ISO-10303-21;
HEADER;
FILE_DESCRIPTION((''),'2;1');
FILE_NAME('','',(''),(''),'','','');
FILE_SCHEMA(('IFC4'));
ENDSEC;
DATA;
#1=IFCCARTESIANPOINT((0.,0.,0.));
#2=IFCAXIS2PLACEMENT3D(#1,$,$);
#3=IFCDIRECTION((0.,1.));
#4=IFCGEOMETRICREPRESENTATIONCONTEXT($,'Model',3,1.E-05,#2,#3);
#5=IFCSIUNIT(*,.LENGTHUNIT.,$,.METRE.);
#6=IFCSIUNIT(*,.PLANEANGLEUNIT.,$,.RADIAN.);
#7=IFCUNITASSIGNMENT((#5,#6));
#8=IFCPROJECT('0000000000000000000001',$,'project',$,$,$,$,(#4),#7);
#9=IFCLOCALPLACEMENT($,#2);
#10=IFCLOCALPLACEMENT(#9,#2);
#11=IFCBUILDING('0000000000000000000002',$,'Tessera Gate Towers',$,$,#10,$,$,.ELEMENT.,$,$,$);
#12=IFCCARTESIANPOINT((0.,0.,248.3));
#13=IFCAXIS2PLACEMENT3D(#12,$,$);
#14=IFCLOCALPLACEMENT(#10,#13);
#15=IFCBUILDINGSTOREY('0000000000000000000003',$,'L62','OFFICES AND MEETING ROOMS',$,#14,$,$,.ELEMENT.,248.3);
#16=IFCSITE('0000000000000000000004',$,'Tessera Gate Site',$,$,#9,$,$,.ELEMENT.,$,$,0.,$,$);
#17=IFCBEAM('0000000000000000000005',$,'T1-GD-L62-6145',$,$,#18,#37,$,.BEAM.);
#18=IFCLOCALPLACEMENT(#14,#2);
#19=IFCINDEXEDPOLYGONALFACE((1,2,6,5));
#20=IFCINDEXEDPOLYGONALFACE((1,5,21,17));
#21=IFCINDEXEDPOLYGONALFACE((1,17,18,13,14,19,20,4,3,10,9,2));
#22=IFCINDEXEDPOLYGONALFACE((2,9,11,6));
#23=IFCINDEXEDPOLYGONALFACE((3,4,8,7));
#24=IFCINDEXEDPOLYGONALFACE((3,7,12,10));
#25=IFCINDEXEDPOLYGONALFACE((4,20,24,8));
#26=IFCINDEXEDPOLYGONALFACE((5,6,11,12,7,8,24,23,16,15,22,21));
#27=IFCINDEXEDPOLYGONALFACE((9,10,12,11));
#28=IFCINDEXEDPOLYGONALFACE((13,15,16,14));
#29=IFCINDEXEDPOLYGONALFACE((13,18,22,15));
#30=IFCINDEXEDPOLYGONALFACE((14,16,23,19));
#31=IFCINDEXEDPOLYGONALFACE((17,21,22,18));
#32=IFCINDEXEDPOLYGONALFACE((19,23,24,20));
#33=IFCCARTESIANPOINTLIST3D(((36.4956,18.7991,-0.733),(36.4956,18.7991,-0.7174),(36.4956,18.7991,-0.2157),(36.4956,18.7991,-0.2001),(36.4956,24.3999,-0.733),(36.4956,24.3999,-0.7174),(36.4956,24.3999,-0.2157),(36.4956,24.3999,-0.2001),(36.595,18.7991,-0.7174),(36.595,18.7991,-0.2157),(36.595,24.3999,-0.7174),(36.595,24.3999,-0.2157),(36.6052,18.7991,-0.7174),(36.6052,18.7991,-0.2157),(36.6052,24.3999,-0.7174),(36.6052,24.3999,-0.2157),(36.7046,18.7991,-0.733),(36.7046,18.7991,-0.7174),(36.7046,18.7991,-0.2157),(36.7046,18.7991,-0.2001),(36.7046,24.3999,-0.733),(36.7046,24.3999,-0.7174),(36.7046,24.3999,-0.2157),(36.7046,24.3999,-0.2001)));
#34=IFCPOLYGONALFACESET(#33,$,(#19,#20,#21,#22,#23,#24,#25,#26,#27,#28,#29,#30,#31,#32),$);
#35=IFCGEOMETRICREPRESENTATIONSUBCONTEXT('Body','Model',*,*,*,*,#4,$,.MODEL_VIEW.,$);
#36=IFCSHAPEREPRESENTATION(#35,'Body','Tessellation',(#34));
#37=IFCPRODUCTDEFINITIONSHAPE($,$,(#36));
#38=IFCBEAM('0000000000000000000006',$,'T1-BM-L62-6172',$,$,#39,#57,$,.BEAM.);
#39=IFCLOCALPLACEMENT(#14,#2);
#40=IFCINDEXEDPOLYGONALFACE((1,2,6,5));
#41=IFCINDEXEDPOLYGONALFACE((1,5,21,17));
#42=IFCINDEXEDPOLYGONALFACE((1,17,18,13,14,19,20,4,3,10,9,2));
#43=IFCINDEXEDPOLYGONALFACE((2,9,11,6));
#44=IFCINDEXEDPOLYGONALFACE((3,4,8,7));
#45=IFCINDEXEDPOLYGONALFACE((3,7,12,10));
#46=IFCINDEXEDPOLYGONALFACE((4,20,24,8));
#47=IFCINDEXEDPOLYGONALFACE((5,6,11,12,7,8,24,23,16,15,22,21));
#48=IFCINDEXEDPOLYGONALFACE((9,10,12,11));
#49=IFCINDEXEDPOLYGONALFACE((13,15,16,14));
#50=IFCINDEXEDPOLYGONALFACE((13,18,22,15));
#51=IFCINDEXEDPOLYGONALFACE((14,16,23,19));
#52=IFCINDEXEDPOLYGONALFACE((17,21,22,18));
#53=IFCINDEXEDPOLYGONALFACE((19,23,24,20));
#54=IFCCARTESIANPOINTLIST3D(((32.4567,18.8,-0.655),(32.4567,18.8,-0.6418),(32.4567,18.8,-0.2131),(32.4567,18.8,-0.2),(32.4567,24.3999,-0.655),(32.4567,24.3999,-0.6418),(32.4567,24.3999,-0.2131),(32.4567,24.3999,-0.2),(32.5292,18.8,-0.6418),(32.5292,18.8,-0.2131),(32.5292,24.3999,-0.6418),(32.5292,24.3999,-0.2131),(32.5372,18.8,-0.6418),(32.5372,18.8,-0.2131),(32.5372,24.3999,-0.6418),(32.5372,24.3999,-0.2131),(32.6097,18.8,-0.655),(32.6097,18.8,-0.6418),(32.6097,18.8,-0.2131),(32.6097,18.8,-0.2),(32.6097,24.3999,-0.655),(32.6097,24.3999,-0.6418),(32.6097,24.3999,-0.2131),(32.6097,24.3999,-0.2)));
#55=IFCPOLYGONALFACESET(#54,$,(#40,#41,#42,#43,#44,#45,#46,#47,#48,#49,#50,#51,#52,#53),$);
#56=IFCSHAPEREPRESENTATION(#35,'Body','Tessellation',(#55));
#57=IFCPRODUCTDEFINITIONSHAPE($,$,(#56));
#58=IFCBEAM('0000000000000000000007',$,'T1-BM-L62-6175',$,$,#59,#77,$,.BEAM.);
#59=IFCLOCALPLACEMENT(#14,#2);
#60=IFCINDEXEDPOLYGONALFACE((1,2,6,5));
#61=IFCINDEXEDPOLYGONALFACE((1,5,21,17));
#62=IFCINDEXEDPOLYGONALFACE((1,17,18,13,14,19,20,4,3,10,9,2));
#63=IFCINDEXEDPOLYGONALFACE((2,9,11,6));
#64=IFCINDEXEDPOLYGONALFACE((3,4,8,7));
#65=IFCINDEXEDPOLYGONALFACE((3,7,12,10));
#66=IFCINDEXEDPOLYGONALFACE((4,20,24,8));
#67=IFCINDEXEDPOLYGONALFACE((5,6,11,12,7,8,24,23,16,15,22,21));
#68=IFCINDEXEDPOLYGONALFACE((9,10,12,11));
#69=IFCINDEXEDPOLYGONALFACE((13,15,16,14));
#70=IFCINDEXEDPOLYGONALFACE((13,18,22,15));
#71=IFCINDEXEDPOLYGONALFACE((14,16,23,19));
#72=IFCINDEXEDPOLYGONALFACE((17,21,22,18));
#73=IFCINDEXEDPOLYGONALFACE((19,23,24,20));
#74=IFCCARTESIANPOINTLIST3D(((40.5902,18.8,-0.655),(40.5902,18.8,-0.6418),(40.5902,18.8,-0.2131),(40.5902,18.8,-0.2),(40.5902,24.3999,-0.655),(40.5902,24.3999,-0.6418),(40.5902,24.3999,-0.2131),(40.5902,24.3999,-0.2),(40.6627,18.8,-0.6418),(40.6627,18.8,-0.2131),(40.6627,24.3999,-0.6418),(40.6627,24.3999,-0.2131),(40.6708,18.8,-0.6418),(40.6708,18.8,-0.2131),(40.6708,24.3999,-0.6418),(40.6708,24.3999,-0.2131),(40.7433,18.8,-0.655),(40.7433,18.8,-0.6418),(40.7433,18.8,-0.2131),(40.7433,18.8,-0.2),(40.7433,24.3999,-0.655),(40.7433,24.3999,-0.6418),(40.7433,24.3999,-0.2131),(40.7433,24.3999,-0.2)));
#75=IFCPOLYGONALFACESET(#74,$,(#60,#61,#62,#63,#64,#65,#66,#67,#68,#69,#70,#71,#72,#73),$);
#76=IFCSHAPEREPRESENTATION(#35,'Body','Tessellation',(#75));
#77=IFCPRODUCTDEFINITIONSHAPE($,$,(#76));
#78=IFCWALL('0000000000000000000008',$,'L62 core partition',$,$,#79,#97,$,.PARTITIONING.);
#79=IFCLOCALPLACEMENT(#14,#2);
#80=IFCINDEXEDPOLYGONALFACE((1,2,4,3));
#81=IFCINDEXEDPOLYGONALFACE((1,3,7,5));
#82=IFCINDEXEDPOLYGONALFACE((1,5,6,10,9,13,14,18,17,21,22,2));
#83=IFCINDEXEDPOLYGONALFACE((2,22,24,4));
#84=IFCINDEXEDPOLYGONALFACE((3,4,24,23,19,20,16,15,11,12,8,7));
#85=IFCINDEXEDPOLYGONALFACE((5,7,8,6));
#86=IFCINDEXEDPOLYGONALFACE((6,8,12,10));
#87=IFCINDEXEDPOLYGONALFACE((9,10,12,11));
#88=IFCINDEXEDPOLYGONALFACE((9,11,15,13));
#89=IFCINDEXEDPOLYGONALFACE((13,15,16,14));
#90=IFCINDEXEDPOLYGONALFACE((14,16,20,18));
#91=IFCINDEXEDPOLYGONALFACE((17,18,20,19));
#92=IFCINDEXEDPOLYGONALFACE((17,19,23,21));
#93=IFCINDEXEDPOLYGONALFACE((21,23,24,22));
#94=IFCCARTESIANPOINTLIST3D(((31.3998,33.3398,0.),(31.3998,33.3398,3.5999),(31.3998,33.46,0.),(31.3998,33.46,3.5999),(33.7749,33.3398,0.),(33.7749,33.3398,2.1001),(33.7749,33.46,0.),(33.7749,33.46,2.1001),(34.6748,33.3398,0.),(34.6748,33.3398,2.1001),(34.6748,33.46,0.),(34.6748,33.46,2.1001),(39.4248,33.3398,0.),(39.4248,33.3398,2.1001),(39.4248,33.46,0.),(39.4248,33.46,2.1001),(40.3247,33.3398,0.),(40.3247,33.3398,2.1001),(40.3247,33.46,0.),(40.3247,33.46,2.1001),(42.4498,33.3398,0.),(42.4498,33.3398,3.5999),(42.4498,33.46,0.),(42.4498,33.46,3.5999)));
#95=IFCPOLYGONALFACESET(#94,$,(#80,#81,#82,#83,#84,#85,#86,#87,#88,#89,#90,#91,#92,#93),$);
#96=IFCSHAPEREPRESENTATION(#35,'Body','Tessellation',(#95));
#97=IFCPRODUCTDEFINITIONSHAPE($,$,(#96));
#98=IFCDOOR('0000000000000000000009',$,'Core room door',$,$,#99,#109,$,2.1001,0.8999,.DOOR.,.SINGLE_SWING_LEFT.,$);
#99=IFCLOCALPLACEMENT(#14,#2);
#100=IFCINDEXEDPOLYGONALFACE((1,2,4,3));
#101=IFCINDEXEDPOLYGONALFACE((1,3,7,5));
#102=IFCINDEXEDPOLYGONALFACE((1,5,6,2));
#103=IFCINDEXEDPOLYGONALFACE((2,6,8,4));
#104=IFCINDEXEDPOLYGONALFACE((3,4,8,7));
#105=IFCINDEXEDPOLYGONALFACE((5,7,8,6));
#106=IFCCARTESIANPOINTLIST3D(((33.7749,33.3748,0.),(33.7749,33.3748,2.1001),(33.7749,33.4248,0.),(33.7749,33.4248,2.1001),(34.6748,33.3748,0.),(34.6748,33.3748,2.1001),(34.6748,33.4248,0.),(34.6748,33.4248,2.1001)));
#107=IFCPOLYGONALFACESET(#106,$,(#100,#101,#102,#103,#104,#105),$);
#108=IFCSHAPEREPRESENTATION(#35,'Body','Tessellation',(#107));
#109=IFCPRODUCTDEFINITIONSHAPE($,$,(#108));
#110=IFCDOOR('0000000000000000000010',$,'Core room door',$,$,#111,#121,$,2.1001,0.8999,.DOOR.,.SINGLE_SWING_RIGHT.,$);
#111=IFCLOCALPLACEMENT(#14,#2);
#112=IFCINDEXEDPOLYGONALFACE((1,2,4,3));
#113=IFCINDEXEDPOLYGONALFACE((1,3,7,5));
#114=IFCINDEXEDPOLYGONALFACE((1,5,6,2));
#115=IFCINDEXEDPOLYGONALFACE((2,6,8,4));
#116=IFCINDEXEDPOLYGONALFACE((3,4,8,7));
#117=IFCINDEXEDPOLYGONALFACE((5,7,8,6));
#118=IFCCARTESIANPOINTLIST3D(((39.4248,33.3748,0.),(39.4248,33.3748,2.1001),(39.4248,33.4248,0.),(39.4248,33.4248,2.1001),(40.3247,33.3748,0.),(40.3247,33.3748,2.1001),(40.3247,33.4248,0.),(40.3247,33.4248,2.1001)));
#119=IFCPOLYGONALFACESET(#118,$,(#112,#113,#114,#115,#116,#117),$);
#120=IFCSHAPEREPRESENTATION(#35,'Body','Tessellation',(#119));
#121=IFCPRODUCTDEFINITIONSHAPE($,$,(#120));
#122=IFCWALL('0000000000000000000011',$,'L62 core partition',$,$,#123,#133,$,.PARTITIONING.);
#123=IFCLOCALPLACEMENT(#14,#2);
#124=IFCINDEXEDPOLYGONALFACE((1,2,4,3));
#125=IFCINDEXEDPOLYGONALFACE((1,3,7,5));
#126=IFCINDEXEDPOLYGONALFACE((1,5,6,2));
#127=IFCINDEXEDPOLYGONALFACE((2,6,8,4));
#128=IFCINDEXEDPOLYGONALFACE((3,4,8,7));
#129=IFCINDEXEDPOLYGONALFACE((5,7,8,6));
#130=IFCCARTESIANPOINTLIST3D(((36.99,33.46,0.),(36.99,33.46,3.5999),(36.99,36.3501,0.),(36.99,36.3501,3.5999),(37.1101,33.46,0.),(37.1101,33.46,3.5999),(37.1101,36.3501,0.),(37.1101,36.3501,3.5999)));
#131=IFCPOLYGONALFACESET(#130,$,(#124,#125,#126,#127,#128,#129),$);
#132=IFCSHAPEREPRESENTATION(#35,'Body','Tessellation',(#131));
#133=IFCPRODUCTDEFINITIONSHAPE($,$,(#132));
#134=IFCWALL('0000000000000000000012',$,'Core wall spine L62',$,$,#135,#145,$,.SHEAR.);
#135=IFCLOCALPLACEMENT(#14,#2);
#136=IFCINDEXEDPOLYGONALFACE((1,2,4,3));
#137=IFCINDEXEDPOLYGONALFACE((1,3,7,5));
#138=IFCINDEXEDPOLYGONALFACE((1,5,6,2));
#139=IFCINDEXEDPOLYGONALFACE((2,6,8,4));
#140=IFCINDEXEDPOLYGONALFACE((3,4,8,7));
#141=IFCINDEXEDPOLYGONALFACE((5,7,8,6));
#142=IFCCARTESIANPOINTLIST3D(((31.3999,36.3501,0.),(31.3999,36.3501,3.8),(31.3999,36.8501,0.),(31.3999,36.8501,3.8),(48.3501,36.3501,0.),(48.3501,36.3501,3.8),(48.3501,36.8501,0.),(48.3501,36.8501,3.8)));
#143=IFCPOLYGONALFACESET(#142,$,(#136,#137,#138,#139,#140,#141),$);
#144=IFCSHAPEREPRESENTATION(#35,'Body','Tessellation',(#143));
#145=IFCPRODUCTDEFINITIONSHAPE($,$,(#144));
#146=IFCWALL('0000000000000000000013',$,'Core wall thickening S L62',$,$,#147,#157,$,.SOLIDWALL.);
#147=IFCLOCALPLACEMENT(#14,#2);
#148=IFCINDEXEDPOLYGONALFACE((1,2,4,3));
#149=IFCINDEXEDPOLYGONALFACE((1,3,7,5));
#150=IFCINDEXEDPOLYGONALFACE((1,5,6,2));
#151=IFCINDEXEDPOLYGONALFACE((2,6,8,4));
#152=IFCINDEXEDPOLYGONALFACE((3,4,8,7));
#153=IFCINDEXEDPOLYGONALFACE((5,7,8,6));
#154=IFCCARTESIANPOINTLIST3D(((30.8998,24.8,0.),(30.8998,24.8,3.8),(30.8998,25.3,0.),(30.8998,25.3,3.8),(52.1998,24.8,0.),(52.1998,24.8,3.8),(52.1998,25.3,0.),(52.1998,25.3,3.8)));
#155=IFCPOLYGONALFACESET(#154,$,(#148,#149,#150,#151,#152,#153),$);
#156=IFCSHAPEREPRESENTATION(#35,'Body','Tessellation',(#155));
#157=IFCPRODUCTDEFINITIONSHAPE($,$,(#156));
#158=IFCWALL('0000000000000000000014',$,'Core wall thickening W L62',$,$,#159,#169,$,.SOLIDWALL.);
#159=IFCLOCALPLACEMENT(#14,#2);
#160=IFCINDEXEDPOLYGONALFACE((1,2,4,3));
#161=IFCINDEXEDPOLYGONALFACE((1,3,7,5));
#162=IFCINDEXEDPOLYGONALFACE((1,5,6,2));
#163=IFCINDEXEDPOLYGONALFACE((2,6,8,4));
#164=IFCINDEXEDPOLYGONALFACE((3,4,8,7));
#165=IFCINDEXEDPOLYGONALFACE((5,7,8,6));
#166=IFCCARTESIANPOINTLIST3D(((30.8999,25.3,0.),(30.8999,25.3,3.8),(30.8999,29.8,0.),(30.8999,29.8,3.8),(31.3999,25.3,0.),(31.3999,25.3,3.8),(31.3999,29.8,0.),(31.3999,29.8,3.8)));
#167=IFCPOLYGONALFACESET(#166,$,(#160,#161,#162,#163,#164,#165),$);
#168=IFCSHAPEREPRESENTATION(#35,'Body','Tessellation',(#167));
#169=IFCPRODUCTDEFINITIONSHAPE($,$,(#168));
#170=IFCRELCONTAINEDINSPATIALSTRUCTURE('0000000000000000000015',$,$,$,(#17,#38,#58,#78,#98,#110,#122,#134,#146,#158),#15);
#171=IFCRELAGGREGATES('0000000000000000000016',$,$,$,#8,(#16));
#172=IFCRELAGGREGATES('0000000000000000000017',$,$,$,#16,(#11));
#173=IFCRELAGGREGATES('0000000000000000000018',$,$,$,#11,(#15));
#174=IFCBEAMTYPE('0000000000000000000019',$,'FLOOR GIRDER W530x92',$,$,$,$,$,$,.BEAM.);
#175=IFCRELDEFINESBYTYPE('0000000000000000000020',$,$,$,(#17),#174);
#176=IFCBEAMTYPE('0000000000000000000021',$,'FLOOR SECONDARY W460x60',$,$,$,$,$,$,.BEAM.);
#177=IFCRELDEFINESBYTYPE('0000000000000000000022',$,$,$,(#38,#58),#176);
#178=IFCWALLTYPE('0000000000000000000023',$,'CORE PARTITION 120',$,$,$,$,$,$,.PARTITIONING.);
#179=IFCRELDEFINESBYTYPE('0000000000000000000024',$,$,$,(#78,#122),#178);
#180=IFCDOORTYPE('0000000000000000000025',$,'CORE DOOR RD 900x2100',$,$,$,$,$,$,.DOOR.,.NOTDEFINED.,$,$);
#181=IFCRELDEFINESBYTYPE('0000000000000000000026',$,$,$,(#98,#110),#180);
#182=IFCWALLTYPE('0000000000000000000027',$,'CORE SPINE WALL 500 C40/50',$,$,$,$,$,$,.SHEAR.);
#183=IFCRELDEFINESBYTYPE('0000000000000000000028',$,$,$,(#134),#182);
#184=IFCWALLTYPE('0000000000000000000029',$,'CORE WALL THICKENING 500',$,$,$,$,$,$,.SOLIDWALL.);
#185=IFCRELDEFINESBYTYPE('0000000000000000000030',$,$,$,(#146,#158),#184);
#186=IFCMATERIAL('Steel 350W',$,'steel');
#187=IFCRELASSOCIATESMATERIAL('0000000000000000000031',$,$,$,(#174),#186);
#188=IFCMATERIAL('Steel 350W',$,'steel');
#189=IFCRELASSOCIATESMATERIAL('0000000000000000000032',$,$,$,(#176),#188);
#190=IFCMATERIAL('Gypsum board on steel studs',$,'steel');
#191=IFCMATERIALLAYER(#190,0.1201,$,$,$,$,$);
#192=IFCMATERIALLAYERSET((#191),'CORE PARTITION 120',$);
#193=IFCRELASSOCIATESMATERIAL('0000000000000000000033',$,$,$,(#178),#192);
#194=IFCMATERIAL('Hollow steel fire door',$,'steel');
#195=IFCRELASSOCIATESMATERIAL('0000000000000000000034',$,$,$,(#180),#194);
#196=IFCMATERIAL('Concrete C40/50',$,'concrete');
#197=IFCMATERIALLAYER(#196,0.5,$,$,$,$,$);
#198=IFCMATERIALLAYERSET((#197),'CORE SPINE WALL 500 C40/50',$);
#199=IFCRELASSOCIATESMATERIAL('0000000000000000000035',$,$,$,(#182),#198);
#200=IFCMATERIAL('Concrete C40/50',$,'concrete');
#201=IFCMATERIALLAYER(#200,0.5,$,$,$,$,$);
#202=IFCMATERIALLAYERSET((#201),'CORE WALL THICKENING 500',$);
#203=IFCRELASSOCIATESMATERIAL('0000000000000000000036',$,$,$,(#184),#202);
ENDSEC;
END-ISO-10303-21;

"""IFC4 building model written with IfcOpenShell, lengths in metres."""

from ifc_helpers import new_model, si_unit, direction, frame, frame_2d, origin, origin_2d, place, context, subcontext, project, spatial, rectangle, i_section, extrude, source, transform, mapped, material, layer, layer_set, material_profile, profile_set, type_object, element, fill, save


model = new_model("IFC4")

# Units and contexts
model_context = context("Model", 3, precision=1e-05, world=origin(), true_north=direction((0.0, 1.0)))
body_context = subcontext(model_context, "Body", "Model", "MODEL_VIEW")
ifc_project = project(units=[si_unit("LENGTHUNIT", "METRE"), si_unit("PLANEANGLEUNIT", "RADIAN")], contexts=[model_context])

# Site, building, storey
site_placement = place(None, origin())
site = spatial("IfcSite", under=ifc_project, at=site_placement, Name="Tessera Gate Site", CompositionType="ELEMENT", RefElevation=0.0)
building_placement = place(site_placement, origin())
building = spatial("IfcBuilding", under=site, at=building_placement, Name="Tessera Gate Towers", CompositionType="ELEMENT")
storey_placement = place(building_placement, frame((0.0, 0.0, 248.3)))
storey = spatial("IfcBuildingStorey", under=building, at=storey_placement, Name="L62", Description="OFFICES AND MEETING ROOMS", CompositionType="ELEMENT", Elevation=248.3)

# Beams
ifc_material_1 = material(Name="Steel 350W", Category="steel")
ifc_material_profile_1 = material_profile(ifc_material_1, i_section(OverallWidth=0.209, OverallDepth=0.533, WebThickness=0.0103, FlangeThickness=0.0156, at=origin_2d()), Name="W530x92")
ifc_profile_set_1 = profile_set([ifc_material_profile_1], Name="Steel 350W")
beam_type_1 = type_object("IfcBeamType", Name="FLOOR GIRDER W530x92", PredefinedType="BEAM", material=ifc_profile_set_1)
beam_placement = place(storey_placement, frame((36.6001, 18.7991, -0.4666), z_axis=(0.0, 1.0, 0.0), x_axis=(-1.0, 0.0, 0.0)))
element("IfcBeam", 1, at=beam_placement, inside=storey, type_object=beam_type_1, Name="T1-GD-L62-6145", PredefinedType="BEAM", context=body_context, shape_type="SweptSolid", body=[
    extrude(i_section(OverallWidth=0.209, OverallDepth=0.533, WebThickness=0.0103, FlangeThickness=0.0156, at=origin_2d()), origin(), (0.0, 0.0, 1.0), 5.6008),
])
ifc_material_2 = material(Name="Steel 350W", Category="steel")
ifc_material_profile_2 = material_profile(ifc_material_2, i_section(OverallWidth=0.1531, OverallDepth=0.4551, WebThickness=0.0081, FlangeThickness=0.0132, at=origin_2d()), Name="W460x60")
ifc_profile_set_2 = profile_set([ifc_material_profile_2], Name="Steel 350W")
beam_type_2 = type_object("IfcBeamType", Name="FLOOR SECONDARY W460x60", PredefinedType="BEAM", material=ifc_profile_set_2)
for number, where, z_axis, x_axis, name in (
    (2, (32.5332, 18.8, -0.4275), (0.0, 1.0, 0.0), (-1.0, 0.0, 0.0), "T1-BM-L62-6172"),
    (3, (40.6667, 18.8, -0.4275), (0.0, 1.0, 0.0), (-1.0, 0.0, 0.0), "T1-BM-L62-6175"),
):
    element("IfcBeam", number, at=place(storey_placement, frame(where, z_axis=z_axis, x_axis=x_axis)), inside=storey, type_object=beam_type_2, Name=name, PredefinedType="BEAM", context=body_context, shape_type="SweptSolid", body=[
        extrude(i_section(OverallWidth=0.1531, OverallDepth=0.4551, WebThickness=0.0081, FlangeThickness=0.0132, at=origin_2d()), origin(), (0.0, 0.0, 1.0), 5.5999),
    ])

# Wall, openings, doors
ifc_material_3 = material(Name="Gypsum board on steel studs", Category="steel")
ifc_layer_1 = layer(ifc_material_3, 0.1201)
ifc_layer_set_1 = layer_set([ifc_layer_1], Name="CORE PARTITION 120")
wall_type_1 = type_object("IfcWallType", Name="CORE PARTITION 120", PredefinedType="PARTITIONING", material=ifc_layer_set_1)
wall_1_placement = place(storey_placement, frame((31.3999, 33.3999, 0.0), z_axis=(0.0, 0.0, 1.0), x_axis=(1.0, 0.0, 0.0)))
wall_1 = element("IfcWall", 4, at=wall_1_placement, inside=storey, type_object=wall_type_1, Name="L62 core partition", PredefinedType="PARTITIONING", context=body_context, shape_type="SweptSolid", body=[
    extrude(rectangle(XDim=11.05, YDim=0.1201, at=frame_2d((5.5249, 0.0))), origin(), (0.0, 0.0, 1.0), 3.5999),
])
shared_shape_1 = source(origin(), body_context, "Body", "SweptSolid", [
    extrude(rectangle(XDim=0.8999, YDim=2.1001, at=frame_2d((0.45, 1.05))), frame((0.0, 0.0701, 0.0), z_axis=(0.0, -1.0, 0.0), x_axis=(1.0, 0.0, 0.0)), (0.0, 0.0, 1.0), 0.1401),
])
opening_1_placement = place(wall_1_placement, frame((2.375, 0.0, 0.0)))
opening_1 = element("IfcOpeningElement", 5, at=opening_1_placement, cuts=wall_1, PredefinedType="OPENING", context=body_context, shape_type="MappedRepresentation", body=[
    mapped(shared_shape_1, transform((0.0, 0.0, 0.0), scale=1.0)),
])
opening_2_placement = place(wall_1_placement, frame((8.0249, 0.0, 0.0)))
opening_2 = element("IfcOpeningElement", 6, at=opening_2_placement, cuts=wall_1, PredefinedType="OPENING", context=body_context, shape_type="MappedRepresentation", body=[
    mapped(shared_shape_1, transform((0.0, 0.0, 0.0), scale=1.0)),
])
ifc_material_4 = material(Name="Hollow steel fire door", Category="steel")
door_type_1 = type_object("IfcDoorType", Name="CORE DOOR RD 900x2100", OperationType="NOTDEFINED", PredefinedType="DOOR", material=ifc_material_4)
shared_shape_2 = source(origin(), body_context, "Body", "SweptSolid", [
    extrude(rectangle(XDim=0.8999, YDim=2.1001, at=frame_2d((0.45, 1.05))), frame((0.0, 0.0249, 0.0), z_axis=(0.0, -1.0, 0.0), x_axis=(1.0, 0.0, 0.0)), (0.0, 0.0, 1.0), 0.05),
])
door_1_placement = place(opening_1_placement, origin())
door_1 = element("IfcDoor", 7, at=door_1_placement, inside=storey, type_object=door_type_1, Name="Core room door", OperationType="SINGLE_SWING_LEFT", OverallHeight=2.1001, OverallWidth=0.8999, PredefinedType="DOOR", context=body_context, shape_type="MappedRepresentation", body=[
    mapped(shared_shape_2, transform((0.0, 0.0, 0.0), scale=1.0)),
])
fill(opening_1, door_1)
door_2_placement = place(opening_2_placement, origin())
door_2 = element("IfcDoor", 8, at=door_2_placement, inside=storey, type_object=door_type_1, Name="Core room door", OperationType="SINGLE_SWING_RIGHT", OverallHeight=2.1001, OverallWidth=0.8999, PredefinedType="DOOR", context=body_context, shape_type="MappedRepresentation", body=[
    mapped(shared_shape_2, transform((0.0, 0.0, 0.0), scale=1.0)),
])
fill(opening_2, door_2)

# Wall
wall_2_placement = place(storey_placement, frame((37.05, 33.46, 0.0), z_axis=(0.0, 0.0, 1.0), x_axis=(0.0, 1.0, 0.0)))
element("IfcWall", 9, at=wall_2_placement, inside=storey, type_object=wall_type_1, Name="L62 core partition", PredefinedType="PARTITIONING", context=body_context, shape_type="SweptSolid", body=[
    extrude(rectangle(XDim=2.8901, YDim=0.1201, at=frame_2d((1.4451, 0.0))), origin(), (0.0, 0.0, 1.0), 3.5999),
])

# Walls
ifc_material_5 = material(Name="Concrete C40/50", Category="concrete")
ifc_layer_2 = layer(ifc_material_5, 0.5)
ifc_layer_set_2 = layer_set([ifc_layer_2], Name="CORE SPINE WALL 500 C40/50")
wall_type_2 = type_object("IfcWallType", Name="CORE SPINE WALL 500 C40/50", PredefinedType="SHEAR", material=ifc_layer_set_2)
wall_3_placement = place(storey_placement, frame((31.3999, 36.6001, 0.0), z_axis=(0.0, 0.0, 1.0), x_axis=(1.0, 0.0, 0.0)))
element("IfcWall", 10, at=wall_3_placement, inside=storey, type_object=wall_type_2, Name="Core wall spine L62", PredefinedType="SHEAR", context=body_context, shape_type="SweptSolid", body=[
    extrude(rectangle(XDim=16.9502, YDim=0.5, at=frame_2d((8.4751, 0.0))), origin(), (0.0, 0.0, 1.0), 3.8),
])
ifc_material_6 = material(Name="Concrete C40/50", Category="concrete")
ifc_layer_3 = layer(ifc_material_6, 0.5)
ifc_layer_set_3 = layer_set([ifc_layer_3], Name="CORE WALL THICKENING 500")
wall_type_3 = type_object("IfcWallType", Name="CORE WALL THICKENING 500", PredefinedType="SOLIDWALL", material=ifc_layer_set_3)
wall_4_placement = place(storey_placement, frame((30.8999, 25.05, 0.0), z_axis=(0.0, 0.0, 1.0), x_axis=(1.0, 0.0, 0.0)))
element("IfcWall", 11, at=wall_4_placement, inside=storey, type_object=wall_type_3, Name="Core wall thickening S L62", PredefinedType="SOLIDWALL", context=body_context, shape_type="SweptSolid", body=[
    extrude(rectangle(XDim=21.3, YDim=0.5, at=frame_2d((10.6499, 0.0))), origin(), (0.0, 0.0, 1.0), 3.8),
])
wall_5_placement = place(storey_placement, frame((31.1499, 25.3, 0.0), z_axis=(0.0, 0.0, 1.0), x_axis=(0.0, 1.0, 0.0)))
element("IfcWall", 12, at=wall_5_placement, inside=storey, type_object=wall_type_3, Name="Core wall thickening W L62", PredefinedType="SOLIDWALL", context=body_context, shape_type="SweptSolid", body=[
    extrude(rectangle(XDim=4.5, YDim=0.5, at=frame_2d((2.25, 0.0))), origin(), (0.0, 0.0, 1.0), 3.8),
])

save(model, "model.ifc")
